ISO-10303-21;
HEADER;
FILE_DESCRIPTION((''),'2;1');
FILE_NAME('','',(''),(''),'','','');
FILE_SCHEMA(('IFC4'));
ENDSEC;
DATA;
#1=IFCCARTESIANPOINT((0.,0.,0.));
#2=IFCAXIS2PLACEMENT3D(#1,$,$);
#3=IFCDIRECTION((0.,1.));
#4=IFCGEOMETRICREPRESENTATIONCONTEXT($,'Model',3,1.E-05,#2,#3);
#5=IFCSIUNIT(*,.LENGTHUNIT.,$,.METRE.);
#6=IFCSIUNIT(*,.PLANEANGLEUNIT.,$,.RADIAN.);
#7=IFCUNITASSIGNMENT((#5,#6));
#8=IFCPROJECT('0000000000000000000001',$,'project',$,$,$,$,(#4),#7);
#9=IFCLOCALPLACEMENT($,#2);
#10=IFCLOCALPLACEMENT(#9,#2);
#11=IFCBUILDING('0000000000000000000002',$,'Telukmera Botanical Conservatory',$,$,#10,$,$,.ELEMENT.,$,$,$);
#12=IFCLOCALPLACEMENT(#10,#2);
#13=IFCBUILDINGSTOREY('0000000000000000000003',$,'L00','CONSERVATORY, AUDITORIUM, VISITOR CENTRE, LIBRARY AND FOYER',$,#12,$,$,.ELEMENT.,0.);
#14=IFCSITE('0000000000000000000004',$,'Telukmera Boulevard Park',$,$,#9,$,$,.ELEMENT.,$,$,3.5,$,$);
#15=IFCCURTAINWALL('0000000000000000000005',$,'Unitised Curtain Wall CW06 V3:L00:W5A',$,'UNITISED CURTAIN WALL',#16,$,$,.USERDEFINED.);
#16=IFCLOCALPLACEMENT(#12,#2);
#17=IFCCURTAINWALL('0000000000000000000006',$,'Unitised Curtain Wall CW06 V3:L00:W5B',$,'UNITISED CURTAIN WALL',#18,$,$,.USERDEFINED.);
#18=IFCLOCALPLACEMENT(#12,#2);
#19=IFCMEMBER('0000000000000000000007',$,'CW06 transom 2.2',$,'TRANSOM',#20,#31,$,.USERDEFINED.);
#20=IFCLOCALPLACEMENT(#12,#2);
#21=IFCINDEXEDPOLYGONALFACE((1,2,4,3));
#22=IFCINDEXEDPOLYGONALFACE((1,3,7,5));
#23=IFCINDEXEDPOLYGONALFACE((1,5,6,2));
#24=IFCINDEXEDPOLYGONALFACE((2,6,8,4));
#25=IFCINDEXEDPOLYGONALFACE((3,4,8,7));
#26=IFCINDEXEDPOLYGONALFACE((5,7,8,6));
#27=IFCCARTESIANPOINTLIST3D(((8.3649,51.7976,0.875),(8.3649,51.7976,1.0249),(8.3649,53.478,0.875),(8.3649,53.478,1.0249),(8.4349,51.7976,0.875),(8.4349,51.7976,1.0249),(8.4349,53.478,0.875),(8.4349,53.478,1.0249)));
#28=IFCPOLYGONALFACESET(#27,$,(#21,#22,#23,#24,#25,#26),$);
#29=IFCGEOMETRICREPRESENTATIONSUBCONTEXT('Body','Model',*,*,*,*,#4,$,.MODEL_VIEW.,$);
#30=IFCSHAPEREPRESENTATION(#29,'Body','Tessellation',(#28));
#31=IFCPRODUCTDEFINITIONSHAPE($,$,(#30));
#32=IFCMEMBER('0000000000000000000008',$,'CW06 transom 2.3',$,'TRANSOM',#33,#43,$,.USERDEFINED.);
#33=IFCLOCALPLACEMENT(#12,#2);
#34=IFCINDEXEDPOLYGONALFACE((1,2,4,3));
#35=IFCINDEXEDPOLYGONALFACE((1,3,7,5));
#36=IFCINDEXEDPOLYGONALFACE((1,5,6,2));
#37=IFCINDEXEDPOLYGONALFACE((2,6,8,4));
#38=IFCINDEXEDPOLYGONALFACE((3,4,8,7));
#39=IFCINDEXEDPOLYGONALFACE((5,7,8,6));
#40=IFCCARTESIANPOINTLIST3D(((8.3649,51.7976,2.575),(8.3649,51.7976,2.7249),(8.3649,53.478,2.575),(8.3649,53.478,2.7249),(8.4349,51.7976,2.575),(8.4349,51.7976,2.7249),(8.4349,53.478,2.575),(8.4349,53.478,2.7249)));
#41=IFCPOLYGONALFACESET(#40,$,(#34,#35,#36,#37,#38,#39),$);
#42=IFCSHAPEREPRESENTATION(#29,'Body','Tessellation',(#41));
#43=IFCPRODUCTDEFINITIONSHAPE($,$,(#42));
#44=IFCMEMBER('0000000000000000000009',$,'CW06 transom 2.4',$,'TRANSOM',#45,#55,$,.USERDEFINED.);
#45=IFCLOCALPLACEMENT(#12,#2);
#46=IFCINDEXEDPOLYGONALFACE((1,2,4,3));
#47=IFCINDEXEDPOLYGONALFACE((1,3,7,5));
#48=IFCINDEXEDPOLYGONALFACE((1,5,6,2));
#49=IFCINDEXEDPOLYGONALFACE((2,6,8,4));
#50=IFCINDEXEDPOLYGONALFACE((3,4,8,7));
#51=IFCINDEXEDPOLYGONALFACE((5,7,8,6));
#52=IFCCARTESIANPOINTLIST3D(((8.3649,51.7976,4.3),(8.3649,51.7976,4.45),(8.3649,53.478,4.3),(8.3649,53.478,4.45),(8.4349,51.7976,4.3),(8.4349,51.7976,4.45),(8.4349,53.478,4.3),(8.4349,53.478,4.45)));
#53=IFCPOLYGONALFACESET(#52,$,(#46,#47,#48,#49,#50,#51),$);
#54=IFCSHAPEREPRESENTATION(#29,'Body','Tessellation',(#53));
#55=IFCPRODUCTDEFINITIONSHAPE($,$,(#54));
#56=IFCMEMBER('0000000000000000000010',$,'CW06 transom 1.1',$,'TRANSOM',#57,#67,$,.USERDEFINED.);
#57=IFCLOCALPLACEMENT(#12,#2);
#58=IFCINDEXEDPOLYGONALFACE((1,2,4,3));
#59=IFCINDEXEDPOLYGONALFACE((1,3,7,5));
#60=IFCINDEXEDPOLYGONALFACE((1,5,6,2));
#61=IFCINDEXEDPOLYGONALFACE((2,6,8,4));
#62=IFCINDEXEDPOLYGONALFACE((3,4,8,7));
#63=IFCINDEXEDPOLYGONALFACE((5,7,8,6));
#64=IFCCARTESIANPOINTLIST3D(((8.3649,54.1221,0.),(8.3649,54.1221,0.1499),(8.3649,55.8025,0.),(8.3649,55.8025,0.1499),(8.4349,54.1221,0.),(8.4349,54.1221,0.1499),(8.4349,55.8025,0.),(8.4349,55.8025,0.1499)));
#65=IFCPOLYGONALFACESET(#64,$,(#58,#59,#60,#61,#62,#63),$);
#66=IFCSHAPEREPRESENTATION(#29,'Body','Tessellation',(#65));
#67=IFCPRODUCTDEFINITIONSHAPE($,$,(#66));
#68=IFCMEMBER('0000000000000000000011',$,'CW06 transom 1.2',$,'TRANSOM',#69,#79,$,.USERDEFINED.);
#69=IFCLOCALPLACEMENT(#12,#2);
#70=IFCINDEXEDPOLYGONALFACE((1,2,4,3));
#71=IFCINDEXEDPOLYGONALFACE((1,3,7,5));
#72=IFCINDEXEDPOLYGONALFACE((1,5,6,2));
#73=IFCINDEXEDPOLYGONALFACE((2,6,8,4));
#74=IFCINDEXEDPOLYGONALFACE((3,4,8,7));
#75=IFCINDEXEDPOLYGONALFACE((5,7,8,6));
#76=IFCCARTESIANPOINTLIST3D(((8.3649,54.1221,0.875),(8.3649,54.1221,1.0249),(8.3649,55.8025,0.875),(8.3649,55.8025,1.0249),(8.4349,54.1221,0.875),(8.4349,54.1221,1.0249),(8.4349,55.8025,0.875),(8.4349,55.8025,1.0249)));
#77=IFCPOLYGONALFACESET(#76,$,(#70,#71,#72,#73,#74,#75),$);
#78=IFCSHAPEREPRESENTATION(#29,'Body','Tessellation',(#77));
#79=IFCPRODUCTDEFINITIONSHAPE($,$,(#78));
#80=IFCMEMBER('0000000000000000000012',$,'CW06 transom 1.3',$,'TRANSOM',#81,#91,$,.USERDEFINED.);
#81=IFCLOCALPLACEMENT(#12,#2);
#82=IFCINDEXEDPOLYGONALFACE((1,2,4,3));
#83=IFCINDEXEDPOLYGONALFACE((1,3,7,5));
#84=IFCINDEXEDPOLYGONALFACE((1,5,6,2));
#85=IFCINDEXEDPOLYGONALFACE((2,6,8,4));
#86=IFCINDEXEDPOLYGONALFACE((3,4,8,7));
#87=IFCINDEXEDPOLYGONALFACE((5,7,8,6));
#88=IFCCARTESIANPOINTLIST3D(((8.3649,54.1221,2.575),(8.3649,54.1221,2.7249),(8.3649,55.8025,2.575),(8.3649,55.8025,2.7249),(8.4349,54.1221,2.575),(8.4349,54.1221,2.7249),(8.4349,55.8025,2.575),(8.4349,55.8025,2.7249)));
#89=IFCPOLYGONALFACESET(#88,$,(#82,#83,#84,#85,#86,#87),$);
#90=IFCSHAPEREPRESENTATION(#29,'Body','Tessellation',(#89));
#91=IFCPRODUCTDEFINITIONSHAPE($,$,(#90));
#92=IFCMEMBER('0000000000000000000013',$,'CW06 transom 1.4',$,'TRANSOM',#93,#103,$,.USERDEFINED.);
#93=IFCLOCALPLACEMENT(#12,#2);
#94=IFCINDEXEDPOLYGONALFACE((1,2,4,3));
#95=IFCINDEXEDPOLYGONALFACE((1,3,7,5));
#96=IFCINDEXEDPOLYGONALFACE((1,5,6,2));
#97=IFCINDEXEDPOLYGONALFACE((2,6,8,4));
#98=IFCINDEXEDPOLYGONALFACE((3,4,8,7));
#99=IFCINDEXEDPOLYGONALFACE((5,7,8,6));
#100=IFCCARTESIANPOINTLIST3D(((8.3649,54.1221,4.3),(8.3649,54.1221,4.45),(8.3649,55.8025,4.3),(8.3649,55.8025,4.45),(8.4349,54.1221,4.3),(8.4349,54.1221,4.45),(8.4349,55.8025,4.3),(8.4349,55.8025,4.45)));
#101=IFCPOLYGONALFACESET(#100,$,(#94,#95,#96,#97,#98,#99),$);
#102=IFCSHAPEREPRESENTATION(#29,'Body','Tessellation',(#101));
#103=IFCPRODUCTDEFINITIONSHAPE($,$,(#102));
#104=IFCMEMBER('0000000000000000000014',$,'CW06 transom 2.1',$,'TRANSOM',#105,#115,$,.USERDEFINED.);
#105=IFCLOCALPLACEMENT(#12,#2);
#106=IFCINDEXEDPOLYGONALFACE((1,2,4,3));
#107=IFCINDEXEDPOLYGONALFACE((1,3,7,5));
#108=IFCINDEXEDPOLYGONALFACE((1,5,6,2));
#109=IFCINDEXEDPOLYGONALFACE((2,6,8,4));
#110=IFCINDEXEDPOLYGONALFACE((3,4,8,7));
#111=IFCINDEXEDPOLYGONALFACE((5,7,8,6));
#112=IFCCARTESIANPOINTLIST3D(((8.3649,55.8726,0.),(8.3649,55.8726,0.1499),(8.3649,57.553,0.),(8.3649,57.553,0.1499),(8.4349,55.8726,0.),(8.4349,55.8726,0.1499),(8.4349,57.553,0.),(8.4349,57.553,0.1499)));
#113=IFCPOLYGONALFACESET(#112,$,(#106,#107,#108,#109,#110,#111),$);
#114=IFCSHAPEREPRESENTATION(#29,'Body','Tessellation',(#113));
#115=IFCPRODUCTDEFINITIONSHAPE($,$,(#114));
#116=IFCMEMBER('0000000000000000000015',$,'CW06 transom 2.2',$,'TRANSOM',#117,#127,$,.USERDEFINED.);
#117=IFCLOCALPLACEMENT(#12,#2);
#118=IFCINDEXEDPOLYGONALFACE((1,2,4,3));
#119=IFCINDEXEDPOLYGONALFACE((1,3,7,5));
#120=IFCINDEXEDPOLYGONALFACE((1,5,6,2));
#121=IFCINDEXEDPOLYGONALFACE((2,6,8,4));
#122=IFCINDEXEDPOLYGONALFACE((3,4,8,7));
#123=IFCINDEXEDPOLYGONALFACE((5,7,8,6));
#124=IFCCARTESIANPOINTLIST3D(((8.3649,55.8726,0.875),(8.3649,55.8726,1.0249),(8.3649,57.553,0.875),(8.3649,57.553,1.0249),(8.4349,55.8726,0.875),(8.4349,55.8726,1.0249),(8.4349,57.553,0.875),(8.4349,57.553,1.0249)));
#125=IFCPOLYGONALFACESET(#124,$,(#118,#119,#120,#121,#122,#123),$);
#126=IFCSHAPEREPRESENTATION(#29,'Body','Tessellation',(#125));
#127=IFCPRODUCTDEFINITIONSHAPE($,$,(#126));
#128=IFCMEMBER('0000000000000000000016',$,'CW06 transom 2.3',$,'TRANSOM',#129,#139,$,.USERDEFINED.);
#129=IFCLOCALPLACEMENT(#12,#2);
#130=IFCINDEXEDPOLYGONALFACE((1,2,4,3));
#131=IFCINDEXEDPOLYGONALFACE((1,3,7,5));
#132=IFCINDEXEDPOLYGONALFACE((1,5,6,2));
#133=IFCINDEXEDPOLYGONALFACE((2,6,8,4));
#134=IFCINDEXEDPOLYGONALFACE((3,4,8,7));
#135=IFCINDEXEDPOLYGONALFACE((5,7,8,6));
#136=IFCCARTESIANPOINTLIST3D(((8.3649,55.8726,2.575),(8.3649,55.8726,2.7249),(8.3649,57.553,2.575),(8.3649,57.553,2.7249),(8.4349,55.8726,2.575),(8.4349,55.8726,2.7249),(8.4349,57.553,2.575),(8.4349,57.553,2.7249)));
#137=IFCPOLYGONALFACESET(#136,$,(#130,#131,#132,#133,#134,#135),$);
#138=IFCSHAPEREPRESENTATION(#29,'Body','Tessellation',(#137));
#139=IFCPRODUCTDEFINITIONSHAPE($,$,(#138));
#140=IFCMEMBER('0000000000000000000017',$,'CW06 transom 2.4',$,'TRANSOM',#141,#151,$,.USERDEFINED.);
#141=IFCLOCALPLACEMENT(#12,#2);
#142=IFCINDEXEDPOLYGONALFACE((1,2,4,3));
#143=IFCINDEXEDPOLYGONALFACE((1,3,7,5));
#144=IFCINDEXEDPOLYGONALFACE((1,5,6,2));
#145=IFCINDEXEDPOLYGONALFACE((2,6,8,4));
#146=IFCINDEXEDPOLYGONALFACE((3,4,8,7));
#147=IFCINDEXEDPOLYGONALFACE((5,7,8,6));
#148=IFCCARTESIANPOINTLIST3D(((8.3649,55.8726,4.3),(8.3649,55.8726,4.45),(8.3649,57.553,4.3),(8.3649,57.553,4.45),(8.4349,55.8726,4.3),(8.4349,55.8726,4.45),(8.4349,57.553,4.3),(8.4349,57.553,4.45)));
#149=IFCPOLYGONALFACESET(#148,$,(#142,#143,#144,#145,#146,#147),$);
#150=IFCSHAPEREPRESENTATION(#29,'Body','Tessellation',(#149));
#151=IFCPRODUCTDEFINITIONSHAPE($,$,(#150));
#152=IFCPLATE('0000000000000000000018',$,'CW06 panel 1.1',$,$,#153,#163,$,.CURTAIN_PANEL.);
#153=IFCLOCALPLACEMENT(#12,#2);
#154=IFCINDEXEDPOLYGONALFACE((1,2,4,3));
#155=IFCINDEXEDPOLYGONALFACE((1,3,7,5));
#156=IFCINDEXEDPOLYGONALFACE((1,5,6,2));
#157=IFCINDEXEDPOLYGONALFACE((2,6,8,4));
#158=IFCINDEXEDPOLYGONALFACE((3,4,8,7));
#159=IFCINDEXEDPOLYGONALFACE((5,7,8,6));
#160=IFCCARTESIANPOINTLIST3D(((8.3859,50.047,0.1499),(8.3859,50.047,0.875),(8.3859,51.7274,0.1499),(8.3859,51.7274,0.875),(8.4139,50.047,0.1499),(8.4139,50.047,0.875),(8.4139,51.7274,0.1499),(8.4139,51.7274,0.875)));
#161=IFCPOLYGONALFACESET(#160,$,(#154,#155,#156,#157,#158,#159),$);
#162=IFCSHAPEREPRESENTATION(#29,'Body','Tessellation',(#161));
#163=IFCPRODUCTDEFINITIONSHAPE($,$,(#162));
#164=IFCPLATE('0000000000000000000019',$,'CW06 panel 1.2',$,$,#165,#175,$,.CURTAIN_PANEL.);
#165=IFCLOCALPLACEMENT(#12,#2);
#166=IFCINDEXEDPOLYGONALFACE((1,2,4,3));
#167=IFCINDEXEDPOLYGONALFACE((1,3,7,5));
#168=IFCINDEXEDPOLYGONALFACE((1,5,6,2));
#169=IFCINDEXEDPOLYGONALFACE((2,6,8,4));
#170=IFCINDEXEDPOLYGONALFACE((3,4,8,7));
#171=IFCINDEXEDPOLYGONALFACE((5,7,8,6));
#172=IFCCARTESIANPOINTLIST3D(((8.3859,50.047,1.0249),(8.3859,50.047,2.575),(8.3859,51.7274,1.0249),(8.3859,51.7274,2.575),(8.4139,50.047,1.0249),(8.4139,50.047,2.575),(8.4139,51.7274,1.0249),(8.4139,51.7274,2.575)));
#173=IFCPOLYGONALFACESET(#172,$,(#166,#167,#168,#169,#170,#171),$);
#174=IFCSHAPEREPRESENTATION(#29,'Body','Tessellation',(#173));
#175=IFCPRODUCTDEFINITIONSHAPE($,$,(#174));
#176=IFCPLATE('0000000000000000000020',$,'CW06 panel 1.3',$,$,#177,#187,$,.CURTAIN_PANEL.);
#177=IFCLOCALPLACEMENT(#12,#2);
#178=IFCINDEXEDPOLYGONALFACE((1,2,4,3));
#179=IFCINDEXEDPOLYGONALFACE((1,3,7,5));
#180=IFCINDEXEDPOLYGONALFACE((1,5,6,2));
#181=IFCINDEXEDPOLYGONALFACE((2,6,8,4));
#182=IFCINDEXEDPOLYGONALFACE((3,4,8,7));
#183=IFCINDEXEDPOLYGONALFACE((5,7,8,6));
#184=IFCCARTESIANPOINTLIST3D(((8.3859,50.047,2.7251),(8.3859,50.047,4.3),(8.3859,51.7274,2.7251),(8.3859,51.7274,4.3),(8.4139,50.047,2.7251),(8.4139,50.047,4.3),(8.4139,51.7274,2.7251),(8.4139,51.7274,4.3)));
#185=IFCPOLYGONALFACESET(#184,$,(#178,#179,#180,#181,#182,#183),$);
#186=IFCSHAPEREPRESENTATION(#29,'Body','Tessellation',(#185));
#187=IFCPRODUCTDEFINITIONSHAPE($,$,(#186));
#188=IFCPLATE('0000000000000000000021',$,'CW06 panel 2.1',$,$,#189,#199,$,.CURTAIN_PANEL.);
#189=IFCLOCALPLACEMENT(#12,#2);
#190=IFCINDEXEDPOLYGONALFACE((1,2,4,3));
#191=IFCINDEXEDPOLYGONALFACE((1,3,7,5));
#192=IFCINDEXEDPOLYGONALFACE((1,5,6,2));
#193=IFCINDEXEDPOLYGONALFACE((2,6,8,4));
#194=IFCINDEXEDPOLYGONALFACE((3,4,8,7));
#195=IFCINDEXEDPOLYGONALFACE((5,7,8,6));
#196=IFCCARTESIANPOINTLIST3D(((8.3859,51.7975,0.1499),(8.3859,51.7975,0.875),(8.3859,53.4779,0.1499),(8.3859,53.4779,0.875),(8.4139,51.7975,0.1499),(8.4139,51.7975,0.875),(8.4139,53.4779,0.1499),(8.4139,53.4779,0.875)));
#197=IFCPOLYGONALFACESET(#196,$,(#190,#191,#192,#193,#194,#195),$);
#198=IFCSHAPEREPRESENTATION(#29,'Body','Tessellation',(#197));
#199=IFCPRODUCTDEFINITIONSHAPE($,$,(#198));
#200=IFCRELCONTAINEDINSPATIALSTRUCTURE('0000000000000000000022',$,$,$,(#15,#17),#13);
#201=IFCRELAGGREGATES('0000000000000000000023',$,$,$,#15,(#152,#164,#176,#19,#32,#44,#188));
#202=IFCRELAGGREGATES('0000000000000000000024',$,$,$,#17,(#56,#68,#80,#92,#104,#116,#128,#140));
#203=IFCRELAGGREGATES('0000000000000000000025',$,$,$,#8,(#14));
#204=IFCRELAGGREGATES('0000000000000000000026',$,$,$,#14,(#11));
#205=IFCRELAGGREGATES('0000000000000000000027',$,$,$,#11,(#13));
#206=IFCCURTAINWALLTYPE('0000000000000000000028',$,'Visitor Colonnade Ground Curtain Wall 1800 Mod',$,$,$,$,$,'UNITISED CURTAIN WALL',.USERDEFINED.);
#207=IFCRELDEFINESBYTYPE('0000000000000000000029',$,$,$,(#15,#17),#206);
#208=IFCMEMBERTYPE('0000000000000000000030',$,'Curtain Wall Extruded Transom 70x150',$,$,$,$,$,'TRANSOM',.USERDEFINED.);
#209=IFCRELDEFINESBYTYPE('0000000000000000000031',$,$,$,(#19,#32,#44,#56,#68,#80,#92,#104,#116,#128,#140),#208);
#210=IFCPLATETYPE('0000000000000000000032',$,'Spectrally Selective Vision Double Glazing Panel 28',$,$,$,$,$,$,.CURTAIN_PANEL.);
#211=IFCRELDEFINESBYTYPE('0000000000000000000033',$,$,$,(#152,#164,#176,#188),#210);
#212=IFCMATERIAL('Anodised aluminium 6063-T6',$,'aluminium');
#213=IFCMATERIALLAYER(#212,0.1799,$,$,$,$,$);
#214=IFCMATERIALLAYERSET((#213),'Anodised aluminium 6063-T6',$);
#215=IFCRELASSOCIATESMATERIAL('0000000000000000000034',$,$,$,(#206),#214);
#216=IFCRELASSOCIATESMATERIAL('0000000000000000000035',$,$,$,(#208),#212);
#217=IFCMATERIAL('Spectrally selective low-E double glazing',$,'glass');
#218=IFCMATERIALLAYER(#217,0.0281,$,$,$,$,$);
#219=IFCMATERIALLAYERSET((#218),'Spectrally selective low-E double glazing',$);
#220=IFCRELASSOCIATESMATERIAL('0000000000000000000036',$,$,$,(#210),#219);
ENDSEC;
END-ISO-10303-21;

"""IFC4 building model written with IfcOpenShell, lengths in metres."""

from ifc_helpers import new_model, si_unit, direction, frame, origin, origin_2d, place, context, subcontext, project, spatial, rectangle, extrude, material, layer, layer_set, material_profile, profile_set, type_object, element, aggregate, save


model = new_model("IFC4")

# Units and contexts
model_context = context("Model", 3, precision=1e-05, world=origin(), true_north=direction((0.0, 1.0)))
body_context = subcontext(model_context, "Body", "Model", "MODEL_VIEW")
ifc_project = project(units=[si_unit("LENGTHUNIT", "METRE"), si_unit("PLANEANGLEUNIT", "RADIAN")], contexts=[model_context])

# Site, building, storey
site_placement = place(None, origin())
site = spatial("IfcSite", under=ifc_project, at=site_placement, Name="Telukmera Boulevard Park", CompositionType="ELEMENT", RefElevation=3.5)
building_placement = place(site_placement, origin())
building = spatial("IfcBuilding", under=site, at=building_placement, Name="Telukmera Botanical Conservatory", CompositionType="ELEMENT")
storey_placement = place(building_placement, origin())
storey = spatial("IfcBuildingStorey", under=building, at=storey_placement, Name="L00", Description="CONSERVATORY, AUDITORIUM, VISITOR CENTRE, LIBRARY AND FOYER", CompositionType="ELEMENT", Elevation=0.0)

# Curtain walls
ifc_material_1 = material(Name="Anodised aluminium 6063-T6", Category="aluminium")
ifc_layer_1 = layer(ifc_material_1, 0.1799)
ifc_layer_set_1 = layer_set([ifc_layer_1], Name="Anodised aluminium 6063-T6")
curtain_wall_type = type_object("IfcCurtainWallType", Name="Visitor Colonnade Ground Curtain Wall 1800 Mod", ElementType="UNITISED CURTAIN WALL", PredefinedType="USERDEFINED", material=ifc_layer_set_1)
curtain_wall_1_placement = place(storey_placement, origin())
curtain_wall_1 = element("IfcCurtainWall", 1, at=curtain_wall_1_placement, inside=storey, type_object=curtain_wall_type, Name="Unitised Curtain Wall CW06 V3:L00:W5A", ObjectType="UNITISED CURTAIN WALL", PredefinedType="USERDEFINED")
curtain_wall_2_placement = place(storey_placement, origin())
curtain_wall_2 = element("IfcCurtainWall", 2, at=curtain_wall_2_placement, inside=storey, type_object=curtain_wall_type, Name="Unitised Curtain Wall CW06 V3:L00:W5B", ObjectType="UNITISED CURTAIN WALL", PredefinedType="USERDEFINED")

# Members
ifc_material_profile_1 = material_profile(ifc_material_1, rectangle(XDim=0.0701, YDim=0.1499, at=origin_2d()), Name="ALU TRAN 70x150")
ifc_profile_set_1 = profile_set([ifc_material_profile_1], Name="Anodised aluminium 6063-T6")
member_type_1 = type_object("IfcMemberType", Name="Curtain Wall Extruded Transom 70x150", ElementType="TRANSOM", PredefinedType="USERDEFINED", material=ifc_profile_set_1)
member_1_placement = place(storey_placement, frame((8.3999, 51.7976, 0.95), z_axis=(0.0, 1.0, 0.0), x_axis=(-1.0, 0.0, 0.0)))
member_1 = element("IfcMember", 3, at=member_1_placement, type_object=member_type_1, Name="CW06 transom 2.2", ObjectType="TRANSOM", PredefinedType="USERDEFINED", context=body_context, shape_type="SweptSolid", body=[
    extrude(rectangle(XDim=0.0701, YDim=0.1499, at=origin_2d()), origin(), (0.0, 0.0, 1.0), 1.6804),
])
member_2_placement = place(storey_placement, frame((8.3999, 51.7976, 2.6499), z_axis=(0.0, 1.0, 0.0), x_axis=(-1.0, 0.0, 0.0)))
member_2 = element("IfcMember", 4, at=member_2_placement, type_object=member_type_1, Name="CW06 transom 2.3", ObjectType="TRANSOM", PredefinedType="USERDEFINED", context=body_context, shape_type="SweptSolid", body=[
    extrude(rectangle(XDim=0.0701, YDim=0.1499, at=origin_2d()), origin(), (0.0, 0.0, 1.0), 1.6804),
])
member_3_placement = place(storey_placement, frame((8.3999, 51.7976, 4.375), z_axis=(0.0, 1.0, 0.0), x_axis=(-1.0, 0.0, 0.0)))
member_3 = element("IfcMember", 5, at=member_3_placement, type_object=member_type_1, Name="CW06 transom 2.4", ObjectType="TRANSOM", PredefinedType="USERDEFINED", context=body_context, shape_type="SweptSolid", body=[
    extrude(rectangle(XDim=0.0701, YDim=0.1499, at=origin_2d()), origin(), (0.0, 0.0, 1.0), 1.6804),
])
member_4_placement = place(storey_placement, frame((8.3999, 54.1221, 0.075), z_axis=(0.0, 1.0, 0.0), x_axis=(-1.0, 0.0, 0.0)))
member_4 = element("IfcMember", 6, at=member_4_placement, type_object=member_type_1, Name="CW06 transom 1.1", ObjectType="TRANSOM", PredefinedType="USERDEFINED", context=body_context, shape_type="SweptSolid", body=[
    extrude(rectangle(XDim=0.0701, YDim=0.1499, at=origin_2d()), origin(), (0.0, 0.0, 1.0), 1.6804),
])
member_5_placement = place(storey_placement, frame((8.3999, 54.1221, 0.95), z_axis=(0.0, 1.0, 0.0), x_axis=(-1.0, 0.0, 0.0)))
member_5 = element("IfcMember", 7, at=member_5_placement, type_object=member_type_1, Name="CW06 transom 1.2", ObjectType="TRANSOM", PredefinedType="USERDEFINED", context=body_context, shape_type="SweptSolid", body=[
    extrude(rectangle(XDim=0.0701, YDim=0.1499, at=origin_2d()), origin(), (0.0, 0.0, 1.0), 1.6804),
])
member_6_placement = place(storey_placement, frame((8.3999, 54.1221, 2.6499), z_axis=(0.0, 1.0, 0.0), x_axis=(-1.0, 0.0, 0.0)))
member_6 = element("IfcMember", 8, at=member_6_placement, type_object=member_type_1, Name="CW06 transom 1.3", ObjectType="TRANSOM", PredefinedType="USERDEFINED", context=body_context, shape_type="SweptSolid", body=[
    extrude(rectangle(XDim=0.0701, YDim=0.1499, at=origin_2d()), origin(), (0.0, 0.0, 1.0), 1.6804),
])
member_7_placement = place(storey_placement, frame((8.3999, 54.1221, 4.375), z_axis=(0.0, 1.0, 0.0), x_axis=(-1.0, 0.0, 0.0)))
member_7 = element("IfcMember", 9, at=member_7_placement, type_object=member_type_1, Name="CW06 transom 1.4", ObjectType="TRANSOM", PredefinedType="USERDEFINED", context=body_context, shape_type="SweptSolid", body=[
    extrude(rectangle(XDim=0.0701, YDim=0.1499, at=origin_2d()), origin(), (0.0, 0.0, 1.0), 1.6804),
])
member_8_placement = place(storey_placement, frame((8.3999, 55.8726, 0.075), z_axis=(0.0, 1.0, 0.0), x_axis=(-1.0, 0.0, 0.0)))
member_8 = element("IfcMember", 10, at=member_8_placement, type_object=member_type_1, Name="CW06 transom 2.1", ObjectType="TRANSOM", PredefinedType="USERDEFINED", context=body_context, shape_type="SweptSolid", body=[
    extrude(rectangle(XDim=0.0701, YDim=0.1499, at=origin_2d()), origin(), (0.0, 0.0, 1.0), 1.6804),
])
member_9_placement = place(storey_placement, frame((8.3999, 55.8726, 0.95), z_axis=(0.0, 1.0, 0.0), x_axis=(-1.0, 0.0, 0.0)))
member_9 = element("IfcMember", 11, at=member_9_placement, type_object=member_type_1, Name="CW06 transom 2.2", ObjectType="TRANSOM", PredefinedType="USERDEFINED", context=body_context, shape_type="SweptSolid", body=[
    extrude(rectangle(XDim=0.0701, YDim=0.1499, at=origin_2d()), origin(), (0.0, 0.0, 1.0), 1.6804),
])
member_10_placement = place(storey_placement, frame((8.3999, 55.8726, 2.6499), z_axis=(0.0, 1.0, 0.0), x_axis=(-1.0, 0.0, 0.0)))
member_10 = element("IfcMember", 12, at=member_10_placement, type_object=member_type_1, Name="CW06 transom 2.3", ObjectType="TRANSOM", PredefinedType="USERDEFINED", context=body_context, shape_type="SweptSolid", body=[
    extrude(rectangle(XDim=0.0701, YDim=0.1499, at=origin_2d()), origin(), (0.0, 0.0, 1.0), 1.6804),
])
member_11_placement = place(storey_placement, frame((8.3999, 55.8726, 4.375), z_axis=(0.0, 1.0, 0.0), x_axis=(-1.0, 0.0, 0.0)))
member_11 = element("IfcMember", 13, at=member_11_placement, type_object=member_type_1, Name="CW06 transom 2.4", ObjectType="TRANSOM", PredefinedType="USERDEFINED", context=body_context, shape_type="SweptSolid", body=[
    extrude(rectangle(XDim=0.0701, YDim=0.1499, at=origin_2d()), origin(), (0.0, 0.0, 1.0), 1.6804),
])

# Plates
ifc_material_2 = material(Name="Spectrally selective low-E double glazing", Category="glass")
ifc_layer_2 = layer(ifc_material_2, 0.0281)
ifc_layer_set_2 = layer_set([ifc_layer_2], Name="Spectrally selective low-E double glazing")
plate_type = type_object("IfcPlateType", Name="Spectrally Selective Vision Double Glazing Panel 28", PredefinedType="CURTAIN_PANEL", material=ifc_layer_set_2)
plate_1_placement = place(storey_placement, frame((8.3999, 50.8872, 0.1499), z_axis=(0.0, 0.0, 1.0), x_axis=(0.0, 1.0, 0.0)))
plate_1 = element("IfcPlate", 14, at=plate_1_placement, type_object=plate_type, Name="CW06 panel 1.1", PredefinedType="CURTAIN_PANEL", context=body_context, shape_type="SweptSolid", body=[
    extrude(rectangle(XDim=1.6804, YDim=0.0281, at=origin_2d()), origin(), (0.0, 0.0, 1.0), 0.7251),
])
plate_2_placement = place(storey_placement, frame((8.3999, 50.8872, 1.0249), z_axis=(0.0, 0.0, 1.0), x_axis=(0.0, 1.0, 0.0)))
plate_2 = element("IfcPlate", 15, at=plate_2_placement, type_object=plate_type, Name="CW06 panel 1.2", PredefinedType="CURTAIN_PANEL", context=body_context, shape_type="SweptSolid", body=[
    extrude(rectangle(XDim=1.6804, YDim=0.0281, at=origin_2d()), origin(), (0.0, 0.0, 1.0), 1.55),
])
plate_3_placement = place(storey_placement, frame((8.3999, 50.8872, 2.7251), z_axis=(0.0, 0.0, 1.0), x_axis=(0.0, 1.0, 0.0)))
plate_3 = element("IfcPlate", 16, at=plate_3_placement, type_object=plate_type, Name="CW06 panel 1.3", PredefinedType="CURTAIN_PANEL", context=body_context, shape_type="SweptSolid", body=[
    extrude(rectangle(XDim=1.6804, YDim=0.0281, at=origin_2d()), origin(), (0.0, 0.0, 1.0), 1.575),
])
plate_4_placement = place(storey_placement, frame((8.3999, 52.6377, 0.1499), z_axis=(0.0, 0.0, 1.0), x_axis=(0.0, 1.0, 0.0)))
plate_4 = element("IfcPlate", 17, at=plate_4_placement, type_object=plate_type, Name="CW06 panel 2.1", PredefinedType="CURTAIN_PANEL", context=body_context, shape_type="SweptSolid", body=[
    extrude(rectangle(XDim=1.6804, YDim=0.0281, at=origin_2d()), origin(), (0.0, 0.0, 1.0), 0.7251),
])
aggregate(curtain_wall_1, [plate_1, plate_2, plate_3, member_1, member_2, member_3, plate_4])
aggregate(curtain_wall_2, [member_4, member_5, member_6, member_7, member_8, member_9, member_10, member_11])

save(model, "model.ifc")
